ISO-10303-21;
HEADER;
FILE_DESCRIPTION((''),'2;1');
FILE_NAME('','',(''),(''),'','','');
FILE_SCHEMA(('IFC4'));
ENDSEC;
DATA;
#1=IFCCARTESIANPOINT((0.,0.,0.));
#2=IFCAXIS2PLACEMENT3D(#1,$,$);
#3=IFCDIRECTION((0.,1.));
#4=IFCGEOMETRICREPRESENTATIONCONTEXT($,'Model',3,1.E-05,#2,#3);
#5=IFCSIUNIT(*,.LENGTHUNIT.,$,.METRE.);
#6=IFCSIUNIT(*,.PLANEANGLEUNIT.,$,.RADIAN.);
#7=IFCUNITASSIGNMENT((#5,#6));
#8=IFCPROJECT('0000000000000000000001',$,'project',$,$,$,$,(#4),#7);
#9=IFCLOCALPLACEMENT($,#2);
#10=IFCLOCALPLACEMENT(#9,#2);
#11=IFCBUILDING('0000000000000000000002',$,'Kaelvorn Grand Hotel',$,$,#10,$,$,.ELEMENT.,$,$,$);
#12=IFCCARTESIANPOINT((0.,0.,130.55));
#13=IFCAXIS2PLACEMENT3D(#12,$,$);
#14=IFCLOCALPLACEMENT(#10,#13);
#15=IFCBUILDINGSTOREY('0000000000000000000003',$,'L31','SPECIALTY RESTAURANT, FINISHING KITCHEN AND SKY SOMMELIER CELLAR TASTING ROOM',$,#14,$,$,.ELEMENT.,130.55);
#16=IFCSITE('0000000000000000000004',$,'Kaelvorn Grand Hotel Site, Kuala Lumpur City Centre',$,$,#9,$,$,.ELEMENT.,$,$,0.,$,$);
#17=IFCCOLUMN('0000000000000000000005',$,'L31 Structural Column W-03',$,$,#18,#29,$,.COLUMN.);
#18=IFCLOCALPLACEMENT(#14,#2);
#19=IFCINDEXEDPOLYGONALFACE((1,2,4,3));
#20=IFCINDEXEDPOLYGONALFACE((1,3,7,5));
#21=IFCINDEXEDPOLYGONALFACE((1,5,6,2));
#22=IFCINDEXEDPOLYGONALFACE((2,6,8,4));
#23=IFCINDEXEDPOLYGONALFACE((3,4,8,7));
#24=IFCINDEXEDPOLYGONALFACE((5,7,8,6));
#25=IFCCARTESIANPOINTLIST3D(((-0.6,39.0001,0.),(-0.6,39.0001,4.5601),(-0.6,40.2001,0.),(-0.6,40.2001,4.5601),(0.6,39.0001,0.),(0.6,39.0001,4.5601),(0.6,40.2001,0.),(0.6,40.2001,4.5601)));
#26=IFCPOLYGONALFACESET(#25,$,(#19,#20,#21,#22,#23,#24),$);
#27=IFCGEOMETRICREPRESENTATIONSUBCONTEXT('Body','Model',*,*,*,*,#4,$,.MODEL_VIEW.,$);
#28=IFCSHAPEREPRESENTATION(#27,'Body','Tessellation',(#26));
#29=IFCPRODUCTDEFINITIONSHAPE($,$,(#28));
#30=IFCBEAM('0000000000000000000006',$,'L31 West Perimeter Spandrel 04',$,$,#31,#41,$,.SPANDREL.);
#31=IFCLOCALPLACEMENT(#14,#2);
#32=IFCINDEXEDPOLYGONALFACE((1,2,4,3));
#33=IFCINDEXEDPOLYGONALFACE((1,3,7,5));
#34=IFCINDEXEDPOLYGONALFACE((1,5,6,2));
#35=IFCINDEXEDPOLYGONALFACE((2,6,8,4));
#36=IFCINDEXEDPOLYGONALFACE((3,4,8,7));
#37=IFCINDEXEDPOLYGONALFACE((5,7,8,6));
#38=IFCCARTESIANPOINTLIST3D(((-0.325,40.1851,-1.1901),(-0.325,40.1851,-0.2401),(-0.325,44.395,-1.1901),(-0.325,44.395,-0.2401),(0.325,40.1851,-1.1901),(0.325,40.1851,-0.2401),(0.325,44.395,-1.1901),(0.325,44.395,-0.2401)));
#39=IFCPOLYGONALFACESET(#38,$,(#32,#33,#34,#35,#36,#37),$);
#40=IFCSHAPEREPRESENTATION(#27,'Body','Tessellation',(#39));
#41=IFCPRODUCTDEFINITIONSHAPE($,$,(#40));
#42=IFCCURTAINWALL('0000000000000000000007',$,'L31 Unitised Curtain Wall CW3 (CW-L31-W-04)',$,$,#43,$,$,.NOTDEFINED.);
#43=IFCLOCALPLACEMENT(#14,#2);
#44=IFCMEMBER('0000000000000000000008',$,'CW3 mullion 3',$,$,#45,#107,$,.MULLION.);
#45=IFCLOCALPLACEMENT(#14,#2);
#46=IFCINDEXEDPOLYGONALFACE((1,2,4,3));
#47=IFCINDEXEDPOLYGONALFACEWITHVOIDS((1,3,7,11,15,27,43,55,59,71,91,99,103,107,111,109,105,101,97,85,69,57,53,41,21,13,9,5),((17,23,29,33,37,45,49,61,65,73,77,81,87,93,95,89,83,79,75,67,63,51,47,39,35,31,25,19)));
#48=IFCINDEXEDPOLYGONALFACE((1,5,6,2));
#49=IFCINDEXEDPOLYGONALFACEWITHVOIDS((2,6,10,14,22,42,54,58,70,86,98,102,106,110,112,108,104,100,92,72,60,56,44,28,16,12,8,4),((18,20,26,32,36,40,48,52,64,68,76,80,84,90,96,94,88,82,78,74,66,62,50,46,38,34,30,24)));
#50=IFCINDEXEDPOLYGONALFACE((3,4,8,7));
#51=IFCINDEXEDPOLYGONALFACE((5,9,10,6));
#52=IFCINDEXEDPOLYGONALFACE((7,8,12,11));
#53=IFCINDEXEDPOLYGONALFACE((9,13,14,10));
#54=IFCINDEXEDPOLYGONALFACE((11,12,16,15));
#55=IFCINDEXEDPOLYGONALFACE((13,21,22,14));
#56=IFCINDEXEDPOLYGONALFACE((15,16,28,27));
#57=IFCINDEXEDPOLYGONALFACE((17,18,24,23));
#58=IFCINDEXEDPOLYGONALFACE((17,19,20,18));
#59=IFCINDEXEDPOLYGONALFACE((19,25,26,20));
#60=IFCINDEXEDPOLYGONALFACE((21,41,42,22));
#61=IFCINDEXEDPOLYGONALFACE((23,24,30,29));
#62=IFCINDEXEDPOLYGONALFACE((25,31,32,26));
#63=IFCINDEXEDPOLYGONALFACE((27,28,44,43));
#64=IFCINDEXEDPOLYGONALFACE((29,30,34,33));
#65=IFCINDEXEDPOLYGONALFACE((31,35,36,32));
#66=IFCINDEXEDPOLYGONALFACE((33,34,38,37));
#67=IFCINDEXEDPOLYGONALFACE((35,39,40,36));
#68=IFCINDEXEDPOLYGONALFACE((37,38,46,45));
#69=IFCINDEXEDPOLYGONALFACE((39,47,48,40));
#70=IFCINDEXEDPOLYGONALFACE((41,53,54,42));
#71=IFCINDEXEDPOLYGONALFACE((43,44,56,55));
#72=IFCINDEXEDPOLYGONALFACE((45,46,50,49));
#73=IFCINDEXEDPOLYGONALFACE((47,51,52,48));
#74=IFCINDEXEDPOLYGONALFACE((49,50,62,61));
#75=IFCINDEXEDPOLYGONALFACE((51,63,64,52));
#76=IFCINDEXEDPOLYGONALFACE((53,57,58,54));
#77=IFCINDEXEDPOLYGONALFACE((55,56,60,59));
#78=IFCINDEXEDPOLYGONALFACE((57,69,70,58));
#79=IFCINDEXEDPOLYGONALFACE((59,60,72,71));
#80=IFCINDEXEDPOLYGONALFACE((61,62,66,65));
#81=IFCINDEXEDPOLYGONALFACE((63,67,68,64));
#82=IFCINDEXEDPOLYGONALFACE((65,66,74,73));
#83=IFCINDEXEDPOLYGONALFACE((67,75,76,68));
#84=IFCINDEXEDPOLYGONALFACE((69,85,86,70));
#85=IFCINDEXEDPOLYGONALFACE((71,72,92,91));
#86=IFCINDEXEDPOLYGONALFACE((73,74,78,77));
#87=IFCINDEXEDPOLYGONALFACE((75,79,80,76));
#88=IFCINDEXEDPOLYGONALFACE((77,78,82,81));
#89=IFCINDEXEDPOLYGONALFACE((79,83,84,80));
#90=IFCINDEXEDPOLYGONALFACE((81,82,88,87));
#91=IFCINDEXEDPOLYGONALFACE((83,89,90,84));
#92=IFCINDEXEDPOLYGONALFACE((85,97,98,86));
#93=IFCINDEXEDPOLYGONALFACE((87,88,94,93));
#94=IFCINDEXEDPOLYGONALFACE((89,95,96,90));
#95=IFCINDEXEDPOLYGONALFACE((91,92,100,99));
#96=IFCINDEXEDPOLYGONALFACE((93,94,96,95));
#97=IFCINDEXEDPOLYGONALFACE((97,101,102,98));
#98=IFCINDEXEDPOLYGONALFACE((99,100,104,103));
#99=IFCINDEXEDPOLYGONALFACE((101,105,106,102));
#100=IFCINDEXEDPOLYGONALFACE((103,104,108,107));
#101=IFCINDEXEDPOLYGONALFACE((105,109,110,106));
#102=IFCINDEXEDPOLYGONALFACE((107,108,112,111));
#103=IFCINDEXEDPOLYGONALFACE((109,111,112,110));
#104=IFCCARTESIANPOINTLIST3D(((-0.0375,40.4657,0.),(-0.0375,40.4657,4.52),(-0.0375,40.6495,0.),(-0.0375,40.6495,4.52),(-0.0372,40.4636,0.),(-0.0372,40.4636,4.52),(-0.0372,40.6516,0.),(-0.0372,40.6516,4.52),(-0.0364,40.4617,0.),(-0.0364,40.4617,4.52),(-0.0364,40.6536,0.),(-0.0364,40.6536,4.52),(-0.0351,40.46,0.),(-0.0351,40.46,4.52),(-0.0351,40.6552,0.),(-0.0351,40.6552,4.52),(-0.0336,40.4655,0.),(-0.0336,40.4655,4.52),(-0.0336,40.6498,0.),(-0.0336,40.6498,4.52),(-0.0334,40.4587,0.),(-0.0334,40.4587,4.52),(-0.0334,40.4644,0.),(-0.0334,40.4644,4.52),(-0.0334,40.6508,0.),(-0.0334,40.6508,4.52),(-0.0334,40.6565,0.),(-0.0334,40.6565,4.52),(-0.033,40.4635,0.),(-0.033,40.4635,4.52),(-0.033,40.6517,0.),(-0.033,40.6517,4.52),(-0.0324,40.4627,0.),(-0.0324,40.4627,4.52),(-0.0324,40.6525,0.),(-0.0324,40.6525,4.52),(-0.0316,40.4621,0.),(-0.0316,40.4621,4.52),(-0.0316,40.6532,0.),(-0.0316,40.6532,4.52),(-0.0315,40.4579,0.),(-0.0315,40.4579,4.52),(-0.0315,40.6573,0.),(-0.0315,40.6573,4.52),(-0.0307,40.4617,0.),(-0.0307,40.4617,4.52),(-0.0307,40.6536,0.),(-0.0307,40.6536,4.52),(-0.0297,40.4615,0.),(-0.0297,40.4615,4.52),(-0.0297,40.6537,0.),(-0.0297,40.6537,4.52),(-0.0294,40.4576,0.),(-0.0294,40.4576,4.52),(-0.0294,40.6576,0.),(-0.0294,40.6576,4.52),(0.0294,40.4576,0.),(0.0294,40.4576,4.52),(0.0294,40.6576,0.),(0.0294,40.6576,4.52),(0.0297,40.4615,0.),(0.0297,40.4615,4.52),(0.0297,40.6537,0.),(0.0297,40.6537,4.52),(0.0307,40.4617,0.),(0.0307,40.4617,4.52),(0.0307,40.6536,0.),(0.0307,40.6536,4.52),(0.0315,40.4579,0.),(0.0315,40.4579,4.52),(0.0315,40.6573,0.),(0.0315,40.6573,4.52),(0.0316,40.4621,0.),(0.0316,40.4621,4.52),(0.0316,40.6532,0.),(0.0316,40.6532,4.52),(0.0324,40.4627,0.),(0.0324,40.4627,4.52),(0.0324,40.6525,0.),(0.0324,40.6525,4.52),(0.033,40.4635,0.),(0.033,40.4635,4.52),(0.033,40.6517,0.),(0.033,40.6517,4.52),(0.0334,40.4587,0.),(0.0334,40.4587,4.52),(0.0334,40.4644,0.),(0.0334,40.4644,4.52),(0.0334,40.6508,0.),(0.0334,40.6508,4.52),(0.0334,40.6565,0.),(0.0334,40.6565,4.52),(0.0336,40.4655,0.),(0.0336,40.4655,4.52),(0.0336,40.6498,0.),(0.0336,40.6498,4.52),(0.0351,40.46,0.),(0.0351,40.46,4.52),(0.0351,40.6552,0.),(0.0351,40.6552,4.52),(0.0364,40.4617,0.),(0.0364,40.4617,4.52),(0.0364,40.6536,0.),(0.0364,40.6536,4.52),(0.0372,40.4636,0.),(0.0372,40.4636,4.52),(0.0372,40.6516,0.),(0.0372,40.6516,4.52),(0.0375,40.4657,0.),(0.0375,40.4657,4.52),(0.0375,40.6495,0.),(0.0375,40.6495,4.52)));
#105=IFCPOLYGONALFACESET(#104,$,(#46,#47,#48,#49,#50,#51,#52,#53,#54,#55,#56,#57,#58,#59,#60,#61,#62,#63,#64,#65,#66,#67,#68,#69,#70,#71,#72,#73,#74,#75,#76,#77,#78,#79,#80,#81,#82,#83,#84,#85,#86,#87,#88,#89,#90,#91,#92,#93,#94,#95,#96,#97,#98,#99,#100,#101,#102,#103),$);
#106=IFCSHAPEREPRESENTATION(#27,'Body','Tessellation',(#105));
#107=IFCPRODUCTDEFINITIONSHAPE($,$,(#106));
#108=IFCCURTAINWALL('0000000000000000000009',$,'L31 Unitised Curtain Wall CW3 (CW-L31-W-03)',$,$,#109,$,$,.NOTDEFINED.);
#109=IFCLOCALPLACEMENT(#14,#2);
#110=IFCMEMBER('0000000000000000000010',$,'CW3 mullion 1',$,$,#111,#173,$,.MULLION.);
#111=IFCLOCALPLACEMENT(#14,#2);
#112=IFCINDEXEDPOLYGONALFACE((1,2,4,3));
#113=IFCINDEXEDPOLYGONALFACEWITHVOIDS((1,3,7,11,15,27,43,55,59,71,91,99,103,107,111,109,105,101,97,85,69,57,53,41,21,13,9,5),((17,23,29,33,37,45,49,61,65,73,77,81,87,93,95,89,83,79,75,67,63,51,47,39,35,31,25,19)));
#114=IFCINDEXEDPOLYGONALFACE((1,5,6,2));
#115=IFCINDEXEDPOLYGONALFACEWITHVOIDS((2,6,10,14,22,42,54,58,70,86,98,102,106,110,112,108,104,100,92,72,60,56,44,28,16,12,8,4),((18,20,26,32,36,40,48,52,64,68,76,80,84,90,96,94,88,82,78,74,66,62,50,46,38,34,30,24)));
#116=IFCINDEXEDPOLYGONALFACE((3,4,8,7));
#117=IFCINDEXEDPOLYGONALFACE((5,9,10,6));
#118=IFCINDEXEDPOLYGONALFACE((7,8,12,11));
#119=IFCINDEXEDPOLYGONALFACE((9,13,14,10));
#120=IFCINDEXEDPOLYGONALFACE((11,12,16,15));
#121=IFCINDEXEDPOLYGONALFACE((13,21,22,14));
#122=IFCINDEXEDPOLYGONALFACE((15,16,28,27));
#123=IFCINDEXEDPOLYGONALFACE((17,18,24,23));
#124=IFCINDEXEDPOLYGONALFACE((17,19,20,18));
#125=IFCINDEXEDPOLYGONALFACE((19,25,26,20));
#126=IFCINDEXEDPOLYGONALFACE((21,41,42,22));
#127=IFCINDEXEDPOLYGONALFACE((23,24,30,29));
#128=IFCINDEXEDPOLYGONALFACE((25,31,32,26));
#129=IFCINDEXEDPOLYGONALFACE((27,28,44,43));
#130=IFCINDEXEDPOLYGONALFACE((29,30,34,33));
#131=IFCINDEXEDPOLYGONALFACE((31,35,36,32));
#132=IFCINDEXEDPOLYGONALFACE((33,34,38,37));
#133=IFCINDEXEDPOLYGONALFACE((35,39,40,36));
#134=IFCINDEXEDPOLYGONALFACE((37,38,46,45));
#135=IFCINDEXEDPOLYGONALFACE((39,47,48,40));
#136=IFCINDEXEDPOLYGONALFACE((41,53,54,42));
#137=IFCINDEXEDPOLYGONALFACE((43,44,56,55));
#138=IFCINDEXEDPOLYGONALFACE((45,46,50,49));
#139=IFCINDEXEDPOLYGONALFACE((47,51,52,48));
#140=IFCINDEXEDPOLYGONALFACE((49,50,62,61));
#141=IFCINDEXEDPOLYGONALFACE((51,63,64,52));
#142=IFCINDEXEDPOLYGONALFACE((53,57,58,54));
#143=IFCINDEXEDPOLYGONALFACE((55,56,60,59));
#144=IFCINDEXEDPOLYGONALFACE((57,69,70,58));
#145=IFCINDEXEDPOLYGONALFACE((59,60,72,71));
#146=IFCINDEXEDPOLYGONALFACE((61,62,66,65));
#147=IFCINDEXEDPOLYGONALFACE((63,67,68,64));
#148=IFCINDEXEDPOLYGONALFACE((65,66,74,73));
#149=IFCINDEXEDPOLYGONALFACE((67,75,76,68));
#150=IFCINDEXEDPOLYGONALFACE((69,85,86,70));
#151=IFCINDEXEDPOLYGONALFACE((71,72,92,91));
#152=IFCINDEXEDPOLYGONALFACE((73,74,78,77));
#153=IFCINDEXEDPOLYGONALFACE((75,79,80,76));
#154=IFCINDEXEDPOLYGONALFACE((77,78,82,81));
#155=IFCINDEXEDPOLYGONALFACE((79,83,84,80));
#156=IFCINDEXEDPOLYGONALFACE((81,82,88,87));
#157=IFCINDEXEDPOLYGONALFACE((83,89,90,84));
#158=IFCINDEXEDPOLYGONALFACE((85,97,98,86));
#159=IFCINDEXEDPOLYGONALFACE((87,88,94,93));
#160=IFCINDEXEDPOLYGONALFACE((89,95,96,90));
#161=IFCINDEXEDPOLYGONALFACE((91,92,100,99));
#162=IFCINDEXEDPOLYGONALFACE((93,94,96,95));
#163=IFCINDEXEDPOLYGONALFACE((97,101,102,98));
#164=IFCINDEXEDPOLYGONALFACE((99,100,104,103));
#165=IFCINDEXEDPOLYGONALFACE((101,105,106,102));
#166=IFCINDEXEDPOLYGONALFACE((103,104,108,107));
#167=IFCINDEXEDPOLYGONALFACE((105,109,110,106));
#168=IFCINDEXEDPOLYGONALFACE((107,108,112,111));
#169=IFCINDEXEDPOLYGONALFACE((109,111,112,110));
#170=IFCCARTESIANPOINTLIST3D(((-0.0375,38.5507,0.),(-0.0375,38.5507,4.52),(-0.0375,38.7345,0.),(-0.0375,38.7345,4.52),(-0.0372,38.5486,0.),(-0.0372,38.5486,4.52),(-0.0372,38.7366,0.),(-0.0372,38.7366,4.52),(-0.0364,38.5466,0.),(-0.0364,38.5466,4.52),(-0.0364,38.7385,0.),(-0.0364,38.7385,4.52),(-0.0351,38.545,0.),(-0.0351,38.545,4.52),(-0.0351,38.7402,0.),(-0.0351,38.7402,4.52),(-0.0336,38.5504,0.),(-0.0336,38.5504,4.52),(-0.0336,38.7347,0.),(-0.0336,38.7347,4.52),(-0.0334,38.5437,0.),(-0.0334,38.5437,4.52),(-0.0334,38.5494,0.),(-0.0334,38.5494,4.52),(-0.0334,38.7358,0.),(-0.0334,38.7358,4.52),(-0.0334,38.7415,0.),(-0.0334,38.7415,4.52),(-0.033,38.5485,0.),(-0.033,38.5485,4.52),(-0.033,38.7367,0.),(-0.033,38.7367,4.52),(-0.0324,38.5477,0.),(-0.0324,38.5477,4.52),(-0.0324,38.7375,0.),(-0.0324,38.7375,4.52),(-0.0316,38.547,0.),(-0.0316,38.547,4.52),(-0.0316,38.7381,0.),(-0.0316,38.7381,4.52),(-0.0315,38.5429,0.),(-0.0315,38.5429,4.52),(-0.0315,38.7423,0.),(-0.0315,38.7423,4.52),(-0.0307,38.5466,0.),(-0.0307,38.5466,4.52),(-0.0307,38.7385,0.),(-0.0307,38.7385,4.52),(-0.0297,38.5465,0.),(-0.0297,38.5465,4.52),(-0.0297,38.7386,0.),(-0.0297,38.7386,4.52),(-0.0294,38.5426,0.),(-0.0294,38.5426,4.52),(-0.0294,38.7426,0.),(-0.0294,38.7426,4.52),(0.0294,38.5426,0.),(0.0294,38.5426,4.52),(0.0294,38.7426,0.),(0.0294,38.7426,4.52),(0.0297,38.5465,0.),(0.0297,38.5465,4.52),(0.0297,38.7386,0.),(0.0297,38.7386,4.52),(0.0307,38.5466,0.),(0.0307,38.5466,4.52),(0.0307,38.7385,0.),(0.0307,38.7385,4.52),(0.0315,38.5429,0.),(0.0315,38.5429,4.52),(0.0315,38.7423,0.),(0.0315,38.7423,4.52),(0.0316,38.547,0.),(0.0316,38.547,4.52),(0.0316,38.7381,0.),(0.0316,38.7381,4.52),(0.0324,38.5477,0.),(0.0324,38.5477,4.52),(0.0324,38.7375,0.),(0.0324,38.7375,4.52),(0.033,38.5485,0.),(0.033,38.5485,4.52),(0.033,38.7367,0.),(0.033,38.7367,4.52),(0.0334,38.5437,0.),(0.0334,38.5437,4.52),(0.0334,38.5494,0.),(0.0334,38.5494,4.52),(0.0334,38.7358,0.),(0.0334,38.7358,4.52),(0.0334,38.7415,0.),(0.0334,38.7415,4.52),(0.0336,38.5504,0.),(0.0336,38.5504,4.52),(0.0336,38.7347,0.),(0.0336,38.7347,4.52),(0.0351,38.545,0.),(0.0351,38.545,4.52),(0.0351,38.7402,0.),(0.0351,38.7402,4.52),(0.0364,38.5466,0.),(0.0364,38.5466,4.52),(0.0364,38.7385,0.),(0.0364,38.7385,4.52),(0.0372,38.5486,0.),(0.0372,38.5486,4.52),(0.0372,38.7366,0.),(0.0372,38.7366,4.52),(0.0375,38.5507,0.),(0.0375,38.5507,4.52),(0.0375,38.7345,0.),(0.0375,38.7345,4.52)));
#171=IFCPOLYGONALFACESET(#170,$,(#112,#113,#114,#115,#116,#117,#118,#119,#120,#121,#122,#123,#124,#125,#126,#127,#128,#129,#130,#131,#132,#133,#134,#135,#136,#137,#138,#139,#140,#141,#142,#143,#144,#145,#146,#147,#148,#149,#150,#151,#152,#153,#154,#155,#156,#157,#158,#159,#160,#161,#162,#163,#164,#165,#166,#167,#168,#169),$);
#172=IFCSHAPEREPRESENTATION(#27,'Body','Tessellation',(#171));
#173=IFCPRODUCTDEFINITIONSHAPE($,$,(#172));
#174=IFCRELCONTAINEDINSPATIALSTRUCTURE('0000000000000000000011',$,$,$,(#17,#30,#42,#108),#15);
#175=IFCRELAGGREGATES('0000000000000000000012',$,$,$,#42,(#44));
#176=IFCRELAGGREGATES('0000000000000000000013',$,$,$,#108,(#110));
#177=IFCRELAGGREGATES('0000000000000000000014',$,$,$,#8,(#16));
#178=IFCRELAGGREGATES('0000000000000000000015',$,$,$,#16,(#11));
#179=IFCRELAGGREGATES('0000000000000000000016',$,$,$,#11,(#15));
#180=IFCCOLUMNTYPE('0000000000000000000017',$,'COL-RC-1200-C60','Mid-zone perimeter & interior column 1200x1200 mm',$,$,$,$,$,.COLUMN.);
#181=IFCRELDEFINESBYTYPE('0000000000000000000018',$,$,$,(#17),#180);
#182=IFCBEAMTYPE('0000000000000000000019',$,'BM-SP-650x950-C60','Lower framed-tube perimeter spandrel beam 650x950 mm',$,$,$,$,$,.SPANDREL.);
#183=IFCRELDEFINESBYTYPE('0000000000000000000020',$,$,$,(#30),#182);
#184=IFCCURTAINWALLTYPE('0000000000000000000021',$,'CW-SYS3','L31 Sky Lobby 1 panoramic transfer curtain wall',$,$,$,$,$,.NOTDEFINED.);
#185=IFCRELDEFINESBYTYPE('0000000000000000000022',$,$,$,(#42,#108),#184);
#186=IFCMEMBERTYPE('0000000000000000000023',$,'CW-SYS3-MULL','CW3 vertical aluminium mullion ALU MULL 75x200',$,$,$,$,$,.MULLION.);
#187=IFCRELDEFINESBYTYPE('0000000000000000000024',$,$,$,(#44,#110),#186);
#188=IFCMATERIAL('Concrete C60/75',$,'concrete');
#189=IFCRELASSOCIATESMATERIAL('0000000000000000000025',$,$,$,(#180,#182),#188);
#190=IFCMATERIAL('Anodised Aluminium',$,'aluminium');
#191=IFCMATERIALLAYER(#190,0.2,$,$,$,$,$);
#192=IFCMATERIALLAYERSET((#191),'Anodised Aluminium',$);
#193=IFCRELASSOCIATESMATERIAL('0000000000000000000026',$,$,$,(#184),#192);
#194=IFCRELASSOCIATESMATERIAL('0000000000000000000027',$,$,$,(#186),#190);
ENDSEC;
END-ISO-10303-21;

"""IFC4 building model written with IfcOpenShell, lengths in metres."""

from ifc_helpers import new_model, si_unit, direction, frame, origin, origin_2d, place, context, subcontext, project, spatial, rectangle, hollow_rectangle, extrude, material, layer, layer_set, material_profile, profile_set, type_object, element, aggregate, save


model = new_model("IFC4")

# Units and contexts
model_context = context("Model", 3, precision=1e-05, world=origin(), true_north=direction((0.0, 1.0)))
body_context = subcontext(model_context, "Body", "Model", "MODEL_VIEW")
ifc_project = project(units=[si_unit("LENGTHUNIT", "METRE"), si_unit("PLANEANGLEUNIT", "RADIAN")], contexts=[model_context])

# Site, building, storey
site_placement = place(None, origin())
site = spatial("IfcSite", under=ifc_project, at=site_placement, Name="Kaelvorn Grand Hotel Site, Kuala Lumpur City Centre", CompositionType="ELEMENT", RefElevation=0.0)
building_placement = place(site_placement, origin())
building = spatial("IfcBuilding", under=site, at=building_placement, Name="Kaelvorn Grand Hotel", CompositionType="ELEMENT")
storey_placement = place(building_placement, frame((0.0, 0.0, 130.55)))
storey = spatial("IfcBuildingStorey", under=building, at=storey_placement, Name="L31", Description="SPECIALTY RESTAURANT, FINISHING KITCHEN AND SKY SOMMELIER CELLAR TASTING ROOM", CompositionType="ELEMENT", Elevation=130.55)

# Column
ifc_material_1 = material(Name="Concrete C60/75", Category="concrete")
ifc_material_profile_1 = material_profile(ifc_material_1, rectangle(XDim=1.2, YDim=1.2, at=origin_2d()), Name="RC COL 1200x1200")
ifc_profile_set_1 = profile_set([ifc_material_profile_1], Name="Concrete C60/75")
column_type = type_object("IfcColumnType", Name="COL-RC-1200-C60", Description="Mid-zone perimeter & interior column 1200x1200 mm", PredefinedType="COLUMN", material=ifc_profile_set_1)
column_placement = place(storey_placement, frame((0.0, 39.6001, 0.0), z_axis=(0.0, 0.0, 1.0), x_axis=(1.0, 0.0, 0.0)))
element("IfcColumn", 1, at=column_placement, inside=storey, type_object=column_type, Name="L31 Structural Column W-03", PredefinedType="COLUMN", context=body_context, shape_type="SweptSolid", body=[
    extrude(rectangle(XDim=1.2, YDim=1.2, at=origin_2d()), origin(), (0.0, 0.0, 1.0), 4.5601),
])

# Beam
ifc_material_profile_2 = material_profile(ifc_material_1, rectangle(XDim=0.6499, YDim=0.95, at=origin_2d()), Name="RC SPANDREL 650x950")
ifc_profile_set_2 = profile_set([ifc_material_profile_2], Name="Concrete C60/75")
beam_type = type_object("IfcBeamType", Name="BM-SP-650x950-C60", Description="Lower framed-tube perimeter spandrel beam 650x950 mm", PredefinedType="SPANDREL", material=ifc_profile_set_2)
beam_placement = place(storey_placement, frame((0.0, 40.1851, -0.7151), z_axis=(0.0, 1.0, 0.0), x_axis=(-1.0, 0.0, 0.0)))
element("IfcBeam", 2, at=beam_placement, inside=storey, type_object=beam_type, Name="L31 West Perimeter Spandrel 04", PredefinedType="SPANDREL", context=body_context, shape_type="SweptSolid", body=[
    extrude(rectangle(XDim=0.6499, YDim=0.95, at=origin_2d()), origin(), (0.0, 0.0, 1.0), 4.21),
])

# Curtain wall, member
ifc_material_2 = material(Name="Anodised Aluminium", Category="aluminium")
ifc_layer_1 = layer(ifc_material_2, 0.2)
ifc_layer_set_1 = layer_set([ifc_layer_1], Name="Anodised Aluminium")
curtain_wall_type = type_object("IfcCurtainWallType", Name="CW-SYS3", Description="L31 Sky Lobby 1 panoramic transfer curtain wall", PredefinedType="NOTDEFINED", material=ifc_layer_set_1)
curtain_wall_1_placement = place(storey_placement, origin())
curtain_wall_1 = element("IfcCurtainWall", 3, at=curtain_wall_1_placement, inside=storey, type_object=curtain_wall_type, Name="L31 Unitised Curtain Wall CW3 (CW-L31-W-04)", PredefinedType="NOTDEFINED")
ifc_material_profile_3 = material_profile(ifc_material_2, hollow_rectangle(XDim=0.075, YDim=0.2, WallThickness=0.0039, InnerFilletRadius=0.0039, OuterFilletRadius=0.0081, at=origin_2d()), Name="ALU MULL 75x200")
ifc_profile_set_3 = profile_set([ifc_material_profile_3], Name="Anodised Aluminium")
member_type_1 = type_object("IfcMemberType", Name="CW-SYS3-MULL", Description="CW3 vertical aluminium mullion ALU MULL 75x200", PredefinedType="MULLION", material=ifc_profile_set_3)
member_1_placement = place(storey_placement, frame((0.0, 40.5576, 0.0), z_axis=(0.0, 0.0, 1.0), x_axis=(1.0, 0.0, 0.0)))
member_1 = element("IfcMember", 4, at=member_1_placement, type_object=member_type_1, Name="CW3 mullion 3", PredefinedType="MULLION", context=body_context, shape_type="SweptSolid", body=[
    extrude(hollow_rectangle(XDim=0.075, YDim=0.2, WallThickness=0.0039, InnerFilletRadius=0.0039, OuterFilletRadius=0.0081, at=origin_2d()), origin(), (0.0, 0.0, 1.0), 4.52),
])

# Curtain wall, member
curtain_wall_2_placement = place(storey_placement, origin())
curtain_wall_2 = element("IfcCurtainWall", 5, at=curtain_wall_2_placement, inside=storey, type_object=curtain_wall_type, Name="L31 Unitised Curtain Wall CW3 (CW-L31-W-03)", PredefinedType="NOTDEFINED")
member_2_placement = place(storey_placement, frame((0.0, 38.6426, 0.0), z_axis=(0.0, 0.0, 1.0), x_axis=(1.0, 0.0, 0.0)))
member_2 = element("IfcMember", 6, at=member_2_placement, type_object=member_type_1, Name="CW3 mullion 1", PredefinedType="MULLION", context=body_context, shape_type="SweptSolid", body=[
    extrude(hollow_rectangle(XDim=0.075, YDim=0.2, WallThickness=0.0039, InnerFilletRadius=0.0039, OuterFilletRadius=0.0081, at=origin_2d()), origin(), (0.0, 0.0, 1.0), 4.52),
])

aggregate(curtain_wall_1, [member_1])
aggregate(curtain_wall_2, [member_2])

save(model, "model.ifc")
